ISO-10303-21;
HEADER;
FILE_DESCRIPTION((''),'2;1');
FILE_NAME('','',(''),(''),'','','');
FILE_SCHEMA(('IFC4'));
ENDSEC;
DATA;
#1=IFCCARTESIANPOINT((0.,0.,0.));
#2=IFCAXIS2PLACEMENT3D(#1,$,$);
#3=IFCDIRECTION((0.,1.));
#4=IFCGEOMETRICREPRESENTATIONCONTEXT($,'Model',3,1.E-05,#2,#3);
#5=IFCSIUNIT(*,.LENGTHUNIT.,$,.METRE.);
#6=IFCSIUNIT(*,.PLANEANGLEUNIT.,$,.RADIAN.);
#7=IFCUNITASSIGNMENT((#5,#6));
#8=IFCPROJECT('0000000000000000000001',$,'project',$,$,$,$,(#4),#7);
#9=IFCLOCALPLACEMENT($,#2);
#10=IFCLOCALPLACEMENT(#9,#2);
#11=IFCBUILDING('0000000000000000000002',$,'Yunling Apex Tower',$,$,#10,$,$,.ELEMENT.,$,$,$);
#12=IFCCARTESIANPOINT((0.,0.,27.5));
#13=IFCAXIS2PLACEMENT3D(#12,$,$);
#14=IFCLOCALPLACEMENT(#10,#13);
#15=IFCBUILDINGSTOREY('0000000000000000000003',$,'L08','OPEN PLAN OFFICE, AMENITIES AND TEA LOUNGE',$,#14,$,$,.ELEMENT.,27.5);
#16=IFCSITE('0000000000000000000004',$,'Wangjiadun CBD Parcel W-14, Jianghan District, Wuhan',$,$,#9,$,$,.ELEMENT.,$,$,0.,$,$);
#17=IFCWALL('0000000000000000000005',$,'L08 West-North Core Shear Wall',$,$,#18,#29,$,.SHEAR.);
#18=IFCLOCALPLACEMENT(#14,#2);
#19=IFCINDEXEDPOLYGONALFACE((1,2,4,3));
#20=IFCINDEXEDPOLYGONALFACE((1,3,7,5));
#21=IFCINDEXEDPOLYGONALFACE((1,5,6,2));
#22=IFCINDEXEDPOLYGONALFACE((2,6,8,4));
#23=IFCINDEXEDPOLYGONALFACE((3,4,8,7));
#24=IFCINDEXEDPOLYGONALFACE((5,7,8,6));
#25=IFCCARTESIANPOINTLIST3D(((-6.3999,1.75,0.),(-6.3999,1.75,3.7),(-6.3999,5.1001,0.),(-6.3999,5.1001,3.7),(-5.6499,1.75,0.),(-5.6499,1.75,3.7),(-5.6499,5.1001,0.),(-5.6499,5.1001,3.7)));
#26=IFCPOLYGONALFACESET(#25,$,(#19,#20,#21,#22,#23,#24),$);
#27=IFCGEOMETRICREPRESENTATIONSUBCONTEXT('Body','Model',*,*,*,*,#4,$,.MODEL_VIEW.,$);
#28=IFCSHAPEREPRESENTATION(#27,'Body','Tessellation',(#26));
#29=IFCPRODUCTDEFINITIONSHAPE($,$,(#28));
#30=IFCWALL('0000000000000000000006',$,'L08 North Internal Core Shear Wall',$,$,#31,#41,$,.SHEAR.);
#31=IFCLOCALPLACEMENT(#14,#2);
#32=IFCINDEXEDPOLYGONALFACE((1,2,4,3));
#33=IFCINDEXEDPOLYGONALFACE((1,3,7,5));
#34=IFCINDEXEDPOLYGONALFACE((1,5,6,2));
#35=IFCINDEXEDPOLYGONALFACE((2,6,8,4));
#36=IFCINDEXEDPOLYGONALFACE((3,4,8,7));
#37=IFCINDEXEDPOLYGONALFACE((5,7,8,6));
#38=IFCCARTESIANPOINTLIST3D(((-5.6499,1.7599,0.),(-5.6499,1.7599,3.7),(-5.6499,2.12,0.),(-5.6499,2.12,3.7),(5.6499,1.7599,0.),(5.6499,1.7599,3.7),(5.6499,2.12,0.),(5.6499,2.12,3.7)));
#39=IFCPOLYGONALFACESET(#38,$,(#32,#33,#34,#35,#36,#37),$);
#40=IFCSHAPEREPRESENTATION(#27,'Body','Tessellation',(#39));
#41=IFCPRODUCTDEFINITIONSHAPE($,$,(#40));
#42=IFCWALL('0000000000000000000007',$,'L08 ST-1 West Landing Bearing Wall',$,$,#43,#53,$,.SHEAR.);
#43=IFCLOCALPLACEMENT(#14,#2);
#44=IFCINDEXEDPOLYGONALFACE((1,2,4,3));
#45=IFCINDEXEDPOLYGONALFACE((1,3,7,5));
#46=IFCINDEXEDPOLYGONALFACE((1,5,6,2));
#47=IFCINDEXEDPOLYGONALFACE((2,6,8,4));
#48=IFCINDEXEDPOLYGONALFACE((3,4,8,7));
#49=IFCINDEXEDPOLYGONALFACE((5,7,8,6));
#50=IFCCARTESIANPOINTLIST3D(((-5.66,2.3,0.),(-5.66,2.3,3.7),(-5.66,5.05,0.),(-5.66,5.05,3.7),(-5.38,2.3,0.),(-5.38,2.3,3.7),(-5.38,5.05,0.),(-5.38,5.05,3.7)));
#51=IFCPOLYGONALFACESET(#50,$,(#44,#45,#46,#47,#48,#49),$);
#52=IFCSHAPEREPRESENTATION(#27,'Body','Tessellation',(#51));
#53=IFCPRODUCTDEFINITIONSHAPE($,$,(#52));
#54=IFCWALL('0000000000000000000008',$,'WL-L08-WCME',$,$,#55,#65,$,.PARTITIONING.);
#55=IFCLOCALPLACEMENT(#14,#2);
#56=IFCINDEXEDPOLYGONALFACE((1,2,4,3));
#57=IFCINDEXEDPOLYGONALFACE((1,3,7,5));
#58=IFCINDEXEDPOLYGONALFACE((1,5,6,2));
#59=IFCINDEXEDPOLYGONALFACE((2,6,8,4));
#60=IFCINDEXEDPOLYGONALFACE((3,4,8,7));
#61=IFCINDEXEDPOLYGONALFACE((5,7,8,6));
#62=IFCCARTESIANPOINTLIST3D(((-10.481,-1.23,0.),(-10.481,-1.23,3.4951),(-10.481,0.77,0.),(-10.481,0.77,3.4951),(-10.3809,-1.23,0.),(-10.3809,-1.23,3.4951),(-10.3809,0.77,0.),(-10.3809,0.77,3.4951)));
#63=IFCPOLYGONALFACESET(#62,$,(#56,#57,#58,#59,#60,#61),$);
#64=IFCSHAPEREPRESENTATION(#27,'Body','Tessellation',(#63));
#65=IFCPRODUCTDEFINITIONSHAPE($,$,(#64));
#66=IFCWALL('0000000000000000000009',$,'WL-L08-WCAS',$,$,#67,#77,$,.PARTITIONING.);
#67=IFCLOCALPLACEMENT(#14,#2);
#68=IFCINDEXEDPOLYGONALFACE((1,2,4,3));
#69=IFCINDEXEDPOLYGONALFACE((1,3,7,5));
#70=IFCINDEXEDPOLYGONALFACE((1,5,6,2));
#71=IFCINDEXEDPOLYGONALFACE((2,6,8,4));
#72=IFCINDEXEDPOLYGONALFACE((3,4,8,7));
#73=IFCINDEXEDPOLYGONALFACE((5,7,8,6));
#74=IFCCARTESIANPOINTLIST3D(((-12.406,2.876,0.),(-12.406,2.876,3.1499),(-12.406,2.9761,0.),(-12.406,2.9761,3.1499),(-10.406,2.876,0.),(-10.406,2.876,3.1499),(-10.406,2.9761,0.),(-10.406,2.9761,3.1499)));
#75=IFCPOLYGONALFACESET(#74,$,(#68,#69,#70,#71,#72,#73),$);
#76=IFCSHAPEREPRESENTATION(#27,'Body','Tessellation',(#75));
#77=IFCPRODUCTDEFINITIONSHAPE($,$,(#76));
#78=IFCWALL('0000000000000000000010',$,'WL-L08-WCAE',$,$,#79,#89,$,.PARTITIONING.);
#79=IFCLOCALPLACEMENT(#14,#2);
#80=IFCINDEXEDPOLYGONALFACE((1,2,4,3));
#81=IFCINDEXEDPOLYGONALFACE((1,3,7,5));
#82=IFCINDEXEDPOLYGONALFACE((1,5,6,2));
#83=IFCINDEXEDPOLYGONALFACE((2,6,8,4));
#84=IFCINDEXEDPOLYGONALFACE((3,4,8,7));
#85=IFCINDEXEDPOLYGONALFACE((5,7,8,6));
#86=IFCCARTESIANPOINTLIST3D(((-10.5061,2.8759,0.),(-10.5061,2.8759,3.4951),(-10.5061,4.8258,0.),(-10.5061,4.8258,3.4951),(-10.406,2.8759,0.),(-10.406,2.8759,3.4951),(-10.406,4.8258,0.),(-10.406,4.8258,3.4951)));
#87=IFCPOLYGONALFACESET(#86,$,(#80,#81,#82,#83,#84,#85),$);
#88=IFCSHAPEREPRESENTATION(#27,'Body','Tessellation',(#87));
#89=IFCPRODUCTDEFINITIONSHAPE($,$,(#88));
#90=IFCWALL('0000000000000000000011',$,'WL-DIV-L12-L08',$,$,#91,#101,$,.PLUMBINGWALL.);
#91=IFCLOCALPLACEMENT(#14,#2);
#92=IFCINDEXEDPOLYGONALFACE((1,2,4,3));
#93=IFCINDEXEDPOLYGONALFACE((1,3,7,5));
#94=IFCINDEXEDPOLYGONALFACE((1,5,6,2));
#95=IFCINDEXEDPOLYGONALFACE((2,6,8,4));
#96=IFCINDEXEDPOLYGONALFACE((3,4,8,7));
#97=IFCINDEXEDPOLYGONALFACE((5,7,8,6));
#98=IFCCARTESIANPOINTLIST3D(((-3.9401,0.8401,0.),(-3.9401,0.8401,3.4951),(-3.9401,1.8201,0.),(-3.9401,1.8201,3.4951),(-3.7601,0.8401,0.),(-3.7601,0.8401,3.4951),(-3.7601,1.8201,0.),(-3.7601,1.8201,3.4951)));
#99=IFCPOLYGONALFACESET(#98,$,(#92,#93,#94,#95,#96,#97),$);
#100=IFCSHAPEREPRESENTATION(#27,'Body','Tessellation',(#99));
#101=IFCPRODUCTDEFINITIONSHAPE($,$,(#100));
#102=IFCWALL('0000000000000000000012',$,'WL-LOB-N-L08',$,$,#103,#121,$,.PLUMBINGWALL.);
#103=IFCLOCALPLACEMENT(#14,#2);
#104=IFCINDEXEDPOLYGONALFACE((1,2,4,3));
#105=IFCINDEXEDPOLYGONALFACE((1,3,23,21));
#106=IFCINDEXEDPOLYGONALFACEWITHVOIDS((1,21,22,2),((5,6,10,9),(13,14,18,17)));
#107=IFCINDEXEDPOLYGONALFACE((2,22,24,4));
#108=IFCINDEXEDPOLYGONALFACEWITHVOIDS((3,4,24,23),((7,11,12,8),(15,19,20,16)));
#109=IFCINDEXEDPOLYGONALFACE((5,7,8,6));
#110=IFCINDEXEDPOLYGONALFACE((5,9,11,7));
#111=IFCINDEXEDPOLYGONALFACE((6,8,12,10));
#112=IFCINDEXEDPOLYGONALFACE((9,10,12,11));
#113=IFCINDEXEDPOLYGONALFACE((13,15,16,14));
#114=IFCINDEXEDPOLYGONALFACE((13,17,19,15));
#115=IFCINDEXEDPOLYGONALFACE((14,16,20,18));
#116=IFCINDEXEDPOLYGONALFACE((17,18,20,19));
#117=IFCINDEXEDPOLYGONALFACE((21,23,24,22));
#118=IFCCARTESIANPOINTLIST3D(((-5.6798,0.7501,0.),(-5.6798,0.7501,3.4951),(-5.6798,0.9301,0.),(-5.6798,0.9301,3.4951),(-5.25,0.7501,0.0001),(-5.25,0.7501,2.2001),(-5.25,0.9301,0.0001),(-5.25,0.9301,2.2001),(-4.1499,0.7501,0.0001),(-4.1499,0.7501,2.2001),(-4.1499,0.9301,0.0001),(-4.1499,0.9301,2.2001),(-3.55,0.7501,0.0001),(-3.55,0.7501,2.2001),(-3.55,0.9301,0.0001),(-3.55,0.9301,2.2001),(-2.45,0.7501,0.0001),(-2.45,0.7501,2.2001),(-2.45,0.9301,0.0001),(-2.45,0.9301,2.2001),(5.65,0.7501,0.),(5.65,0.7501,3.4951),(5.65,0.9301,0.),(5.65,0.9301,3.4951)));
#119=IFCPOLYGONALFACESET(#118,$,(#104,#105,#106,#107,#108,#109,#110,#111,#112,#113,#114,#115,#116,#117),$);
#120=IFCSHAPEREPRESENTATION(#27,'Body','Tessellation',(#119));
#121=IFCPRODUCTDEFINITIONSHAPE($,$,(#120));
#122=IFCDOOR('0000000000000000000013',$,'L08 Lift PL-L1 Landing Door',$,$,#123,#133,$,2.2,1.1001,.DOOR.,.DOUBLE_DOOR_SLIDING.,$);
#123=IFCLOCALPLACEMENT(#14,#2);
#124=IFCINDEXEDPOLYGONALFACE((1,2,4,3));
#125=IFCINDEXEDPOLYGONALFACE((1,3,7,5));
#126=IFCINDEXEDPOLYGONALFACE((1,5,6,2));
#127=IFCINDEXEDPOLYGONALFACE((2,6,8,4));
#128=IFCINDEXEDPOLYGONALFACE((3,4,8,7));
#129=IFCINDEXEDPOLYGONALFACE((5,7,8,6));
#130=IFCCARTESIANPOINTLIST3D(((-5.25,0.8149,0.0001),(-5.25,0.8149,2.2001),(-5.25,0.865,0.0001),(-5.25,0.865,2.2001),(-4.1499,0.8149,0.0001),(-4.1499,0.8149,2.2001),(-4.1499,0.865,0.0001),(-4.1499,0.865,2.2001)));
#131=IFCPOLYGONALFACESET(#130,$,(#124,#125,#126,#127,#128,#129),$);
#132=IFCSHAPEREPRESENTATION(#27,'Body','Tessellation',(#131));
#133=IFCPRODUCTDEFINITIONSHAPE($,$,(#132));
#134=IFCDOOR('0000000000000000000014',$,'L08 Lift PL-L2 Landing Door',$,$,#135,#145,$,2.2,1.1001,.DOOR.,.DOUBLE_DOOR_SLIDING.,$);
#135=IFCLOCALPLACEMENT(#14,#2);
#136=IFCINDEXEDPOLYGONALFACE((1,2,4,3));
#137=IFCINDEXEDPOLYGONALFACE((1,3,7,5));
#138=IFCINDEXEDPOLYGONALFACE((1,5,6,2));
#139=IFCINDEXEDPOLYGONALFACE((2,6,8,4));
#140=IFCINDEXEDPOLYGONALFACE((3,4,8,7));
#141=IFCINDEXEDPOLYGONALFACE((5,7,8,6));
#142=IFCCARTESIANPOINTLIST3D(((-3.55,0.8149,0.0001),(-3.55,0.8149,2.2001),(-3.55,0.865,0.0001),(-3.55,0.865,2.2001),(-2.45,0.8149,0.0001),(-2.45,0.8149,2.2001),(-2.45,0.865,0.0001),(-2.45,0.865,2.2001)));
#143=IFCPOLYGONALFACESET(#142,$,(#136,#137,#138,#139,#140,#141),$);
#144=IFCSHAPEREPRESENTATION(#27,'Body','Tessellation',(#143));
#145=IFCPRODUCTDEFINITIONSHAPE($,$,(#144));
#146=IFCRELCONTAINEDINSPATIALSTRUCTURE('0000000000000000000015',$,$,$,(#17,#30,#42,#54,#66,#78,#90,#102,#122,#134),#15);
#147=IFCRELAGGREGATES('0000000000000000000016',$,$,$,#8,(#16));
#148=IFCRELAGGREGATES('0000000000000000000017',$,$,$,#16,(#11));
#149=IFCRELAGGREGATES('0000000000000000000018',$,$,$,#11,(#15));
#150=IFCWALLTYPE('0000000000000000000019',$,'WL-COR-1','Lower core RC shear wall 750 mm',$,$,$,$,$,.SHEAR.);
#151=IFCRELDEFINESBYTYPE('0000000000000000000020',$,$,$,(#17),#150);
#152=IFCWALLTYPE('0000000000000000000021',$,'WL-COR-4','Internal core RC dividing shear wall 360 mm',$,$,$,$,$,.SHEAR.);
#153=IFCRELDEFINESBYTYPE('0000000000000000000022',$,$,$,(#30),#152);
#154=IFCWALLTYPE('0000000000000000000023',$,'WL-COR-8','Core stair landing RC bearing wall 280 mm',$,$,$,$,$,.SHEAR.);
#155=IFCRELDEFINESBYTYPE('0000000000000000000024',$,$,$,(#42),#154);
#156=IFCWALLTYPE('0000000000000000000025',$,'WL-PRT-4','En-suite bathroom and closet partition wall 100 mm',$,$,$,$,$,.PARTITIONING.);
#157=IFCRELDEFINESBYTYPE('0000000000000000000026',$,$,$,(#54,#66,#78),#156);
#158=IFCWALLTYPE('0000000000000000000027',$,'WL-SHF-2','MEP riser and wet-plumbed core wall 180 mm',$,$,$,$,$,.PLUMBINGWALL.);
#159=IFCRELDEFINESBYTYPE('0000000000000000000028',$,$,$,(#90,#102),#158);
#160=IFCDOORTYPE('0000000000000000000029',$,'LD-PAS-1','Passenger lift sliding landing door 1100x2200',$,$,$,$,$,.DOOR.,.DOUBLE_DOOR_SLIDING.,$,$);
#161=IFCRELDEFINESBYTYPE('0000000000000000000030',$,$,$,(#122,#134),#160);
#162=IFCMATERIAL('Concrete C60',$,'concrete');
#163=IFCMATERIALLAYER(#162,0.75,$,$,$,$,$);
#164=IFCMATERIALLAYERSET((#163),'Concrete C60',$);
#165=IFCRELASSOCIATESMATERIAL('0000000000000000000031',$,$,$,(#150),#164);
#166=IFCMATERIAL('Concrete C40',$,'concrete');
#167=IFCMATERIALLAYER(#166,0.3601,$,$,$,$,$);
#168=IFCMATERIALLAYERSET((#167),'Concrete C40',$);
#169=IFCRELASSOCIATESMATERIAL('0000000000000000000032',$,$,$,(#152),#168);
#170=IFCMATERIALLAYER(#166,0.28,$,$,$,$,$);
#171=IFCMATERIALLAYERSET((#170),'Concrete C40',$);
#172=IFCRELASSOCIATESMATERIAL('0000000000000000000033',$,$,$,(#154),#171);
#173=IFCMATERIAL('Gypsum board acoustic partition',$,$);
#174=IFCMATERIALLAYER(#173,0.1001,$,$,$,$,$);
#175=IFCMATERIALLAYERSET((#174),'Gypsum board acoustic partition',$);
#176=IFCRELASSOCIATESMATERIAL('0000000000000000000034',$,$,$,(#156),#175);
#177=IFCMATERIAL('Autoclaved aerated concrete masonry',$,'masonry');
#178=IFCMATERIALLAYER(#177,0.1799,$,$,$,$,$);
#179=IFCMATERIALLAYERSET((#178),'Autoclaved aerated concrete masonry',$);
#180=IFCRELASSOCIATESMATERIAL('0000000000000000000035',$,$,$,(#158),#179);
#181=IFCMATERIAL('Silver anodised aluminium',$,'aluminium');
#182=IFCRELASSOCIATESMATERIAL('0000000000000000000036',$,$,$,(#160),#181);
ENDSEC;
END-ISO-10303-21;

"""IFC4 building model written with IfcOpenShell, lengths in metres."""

from ifc_helpers import new_model, si_unit, direction, frame, frame_2d, origin, place, context, subcontext, project, spatial, rectangle, extrude, material, layer, layer_set, type_object, element, fill, save


model = new_model("IFC4")

# Units and contexts
model_context = context("Model", 3, precision=1e-05, world=origin(), true_north=direction((0.0, 1.0)))
body_context = subcontext(model_context, "Body", "Model", "MODEL_VIEW")
ifc_project = project(units=[si_unit("LENGTHUNIT", "METRE"), si_unit("PLANEANGLEUNIT", "RADIAN")], contexts=[model_context])

# Site, building, storey
site_placement = place(None, origin())
site = spatial("IfcSite", under=ifc_project, at=site_placement, Name="Wangjiadun CBD Parcel W-14, Jianghan District, Wuhan", CompositionType="ELEMENT", RefElevation=0.0)
building_placement = place(site_placement, origin())
building = spatial("IfcBuilding", under=site, at=building_placement, Name="Yunling Apex Tower", CompositionType="ELEMENT")
storey_placement = place(building_placement, frame((0.0, 0.0, 27.5)))
storey = spatial("IfcBuildingStorey", under=building, at=storey_placement, Name="L08", Description="OPEN PLAN OFFICE, AMENITIES AND TEA LOUNGE", CompositionType="ELEMENT", Elevation=27.5)

# Shared definitions
ifc_material_1 = material(Name="Concrete C60", Category="concrete")

# Shared definitions
ifc_layer_1 = layer(ifc_material_1, 0.75)
ifc_layer_set_1 = layer_set([ifc_layer_1], Name="Concrete C60")
wall_type_1 = type_object("IfcWallType", Name="WL-COR-1", Description="Lower core RC shear wall 750 mm", PredefinedType="SHEAR", material=ifc_layer_set_1)

# Walls
wall_1_placement = place(storey_placement, frame((-6.0249, 1.75, 0.0), z_axis=(0.0, 0.0, 1.0), x_axis=(0.0, 1.0, 0.0)))
element("IfcWall", 1, at=wall_1_placement, inside=storey, type_object=wall_type_1, Name="L08 West-North Core Shear Wall", PredefinedType="SHEAR", context=body_context, shape_type="SweptSolid", body=[
    extrude(rectangle(XDim=3.3501, YDim=0.75, at=frame_2d((1.675, 0.0))), origin(), (0.0, 0.0, 1.0), 3.7),
])
ifc_material_2 = material(Name="Concrete C40", Category="concrete")
ifc_layer_2 = layer(ifc_material_2, 0.3601)
ifc_layer_set_2 = layer_set([ifc_layer_2], Name="Concrete C40")
wall_type_2 = type_object("IfcWallType", Name="WL-COR-4", Description="Internal core RC dividing shear wall 360 mm", PredefinedType="SHEAR", material=ifc_layer_set_2)
wall_2_placement = place(storey_placement, frame((-5.6499, 1.9399, 0.0), z_axis=(0.0, 0.0, 1.0), x_axis=(1.0, 0.0, 0.0)))
element("IfcWall", 2, at=wall_2_placement, inside=storey, type_object=wall_type_2, Name="L08 North Internal Core Shear Wall", PredefinedType="SHEAR", context=body_context, shape_type="SweptSolid", body=[
    extrude(rectangle(XDim=11.2998, YDim=0.3601, at=frame_2d((5.6499, 0.0))), origin(), (0.0, 0.0, 1.0), 3.7),
])
ifc_layer_3 = layer(ifc_material_2, 0.28)
ifc_layer_set_3 = layer_set([ifc_layer_3], Name="Concrete C40")
wall_type_3 = type_object("IfcWallType", Name="WL-COR-8", Description="Core stair landing RC bearing wall 280 mm", PredefinedType="SHEAR", material=ifc_layer_set_3)
wall_3_placement = place(storey_placement, frame((-5.52, 2.3, 0.0), z_axis=(0.0, 0.0, 1.0), x_axis=(0.0, 1.0, 0.0)))
element("IfcWall", 3, at=wall_3_placement, inside=storey, type_object=wall_type_3, Name="L08 ST-1 West Landing Bearing Wall", PredefinedType="SHEAR", context=body_context, shape_type="SweptSolid", body=[
    extrude(rectangle(XDim=2.75, YDim=0.28, at=frame_2d((1.375, 0.0))), origin(), (0.0, 0.0, 1.0), 3.7),
])
ifc_material_3 = material(Name="Gypsum board acoustic partition")
ifc_layer_4 = layer(ifc_material_3, 0.1001)
ifc_layer_set_4 = layer_set([ifc_layer_4], Name="Gypsum board acoustic partition")
wall_type_4 = type_object("IfcWallType", Name="WL-PRT-4", Description="En-suite bathroom and closet partition wall 100 mm", PredefinedType="PARTITIONING", material=ifc_layer_set_4)
wall_4_placement = place(storey_placement, frame((-10.4309, 0.77, 0.0), z_axis=(0.0, 0.0, 1.0), x_axis=(0.0, -1.0, 0.0)))
element("IfcWall", 4, at=wall_4_placement, inside=storey, type_object=wall_type_4, Name="WL-L08-WCME", PredefinedType="PARTITIONING", context=body_context, shape_type="SweptSolid", body=[
    extrude(rectangle(XDim=2.0, YDim=0.1001, at=frame_2d((1.0, 0.0))), origin(), (0.0, 0.0, 1.0), 3.4951),
])
wall_5_placement = place(storey_placement, frame((-10.406, 2.926, 0.0), z_axis=(0.0, 0.0, 1.0), x_axis=(-1.0, 0.0, 0.0)))
element("IfcWall", 5, at=wall_5_placement, inside=storey, type_object=wall_type_4, Name="WL-L08-WCAS", PredefinedType="PARTITIONING", context=body_context, shape_type="SweptSolid", body=[
    extrude(rectangle(XDim=2.0, YDim=0.1001, at=frame_2d((1.0, 0.0))), origin(), (0.0, 0.0, 1.0), 3.1499),
])
wall_6_placement = place(storey_placement, frame((-10.4561, 4.8259, 0.0), z_axis=(0.0, 0.0, 1.0), x_axis=(0.0, -1.0, 0.0)))
element("IfcWall", 6, at=wall_6_placement, inside=storey, type_object=wall_type_4, Name="WL-L08-WCAE", PredefinedType="PARTITIONING", context=body_context, shape_type="SweptSolid", body=[
    extrude(rectangle(XDim=1.95, YDim=0.1001, at=frame_2d((0.9751, 0.0))), origin(), (0.0, 0.0, 1.0), 3.4951),
])
ifc_material_4 = material(Name="Autoclaved aerated concrete masonry", Category="masonry")
ifc_layer_5 = layer(ifc_material_4, 0.1799)
ifc_layer_set_5 = layer_set([ifc_layer_5], Name="Autoclaved aerated concrete masonry")
wall_type_5 = type_object("IfcWallType", Name="WL-SHF-2", Description="MEP riser and wet-plumbed core wall 180 mm", PredefinedType="PLUMBINGWALL", material=ifc_layer_set_5)
wall_7_placement = place(storey_placement, frame((-3.8501, 0.8401, 0.0), z_axis=(0.0, 0.0, 1.0), x_axis=(0.0, 1.0, 0.0)))
element("IfcWall", 7, at=wall_7_placement, inside=storey, type_object=wall_type_5, Name="WL-DIV-L12-L08", PredefinedType="PLUMBINGWALL", context=body_context, shape_type="SweptSolid", body=[
    extrude(rectangle(XDim=0.98, YDim=0.1799, at=frame_2d((0.49, 0.0))), origin(), (0.0, 0.0, 1.0), 3.4951),
])

# Wall, openings, doors
wall_8_placement = place(storey_placement, frame((-5.6799, 0.8401, 0.0), z_axis=(0.0, 0.0, 1.0), x_axis=(1.0, 0.0, 0.0)))
wall_8 = element("IfcWall", 8, at=wall_8_placement, inside=storey, type_object=wall_type_5, Name="WL-LOB-N-L08", PredefinedType="PLUMBINGWALL", context=body_context, shape_type="SweptSolid", body=[
    extrude(rectangle(XDim=11.3298, YDim=0.1799, at=frame_2d((5.665, 0.0))), origin(), (0.0, 0.0, 1.0), 3.4951),
])
opening_1_placement = place(wall_8_placement, frame((0.4299, 0.0, 0.0)))
opening_1 = element("IfcOpeningElement", 9, at=opening_1_placement, cuts=wall_8, PredefinedType="OPENING", context=body_context, shape_type="SweptSolid", body=[
    extrude(rectangle(XDim=1.1001, YDim=2.2, at=frame_2d((0.55, 1.1001))), frame((0.0, 0.1001, 0.0), z_axis=(0.0, -1.0, 0.0), x_axis=(1.0, 0.0, 0.0)), (0.0, 0.0, 1.0), 0.2),
])
opening_2_placement = place(wall_8_placement, frame((2.1299, 0.0, 0.0)))
opening_2 = element("IfcOpeningElement", 10, at=opening_2_placement, cuts=wall_8, PredefinedType="OPENING", context=body_context, shape_type="SweptSolid", body=[
    extrude(rectangle(XDim=1.1001, YDim=2.2, at=frame_2d((0.55, 1.1001))), frame((0.0, 0.1001, 0.0), z_axis=(0.0, -1.0, 0.0), x_axis=(1.0, 0.0, 0.0)), (0.0, 0.0, 1.0), 0.2),
])
ifc_material_5 = material(Name="Silver anodised aluminium", Category="aluminium")
door_type_1 = type_object("IfcDoorType", Name="LD-PAS-1", Description="Passenger lift sliding landing door 1100x2200", OperationType="DOUBLE_DOOR_SLIDING", PredefinedType="DOOR", material=ifc_material_5)
door_1_placement = place(opening_1_placement, origin())
door_1 = element("IfcDoor", 11, at=door_1_placement, inside=storey, type_object=door_type_1, Name="L08 Lift PL-L1 Landing Door", OperationType="DOUBLE_DOOR_SLIDING", OverallHeight=2.2, OverallWidth=1.1001, PredefinedType="DOOR", context=body_context, shape_type="SweptSolid", body=[
    extrude(rectangle(XDim=1.1001, YDim=2.2, at=frame_2d((0.55, 1.1001))), frame((0.0, 0.0249, 0.0), z_axis=(0.0, -1.0, 0.0), x_axis=(1.0, 0.0, 0.0)), (0.0, 0.0, 1.0), 0.05),
])
fill(opening_1, door_1)
door_2_placement = place(opening_2_placement, origin())
door_2 = element("IfcDoor", 12, at=door_2_placement, inside=storey, type_object=door_type_1, Name="L08 Lift PL-L2 Landing Door", OperationType="DOUBLE_DOOR_SLIDING", OverallHeight=2.2, OverallWidth=1.1001, PredefinedType="DOOR", context=body_context, shape_type="SweptSolid", body=[
    extrude(rectangle(XDim=1.1001, YDim=2.2, at=frame_2d((0.55, 1.1001))), frame((0.0, 0.0249, 0.0), z_axis=(0.0, -1.0, 0.0), x_axis=(1.0, 0.0, 0.0)), (0.0, 0.0, 1.0), 0.05),
])
fill(opening_2, door_2)

save(model, "model.ifc")
